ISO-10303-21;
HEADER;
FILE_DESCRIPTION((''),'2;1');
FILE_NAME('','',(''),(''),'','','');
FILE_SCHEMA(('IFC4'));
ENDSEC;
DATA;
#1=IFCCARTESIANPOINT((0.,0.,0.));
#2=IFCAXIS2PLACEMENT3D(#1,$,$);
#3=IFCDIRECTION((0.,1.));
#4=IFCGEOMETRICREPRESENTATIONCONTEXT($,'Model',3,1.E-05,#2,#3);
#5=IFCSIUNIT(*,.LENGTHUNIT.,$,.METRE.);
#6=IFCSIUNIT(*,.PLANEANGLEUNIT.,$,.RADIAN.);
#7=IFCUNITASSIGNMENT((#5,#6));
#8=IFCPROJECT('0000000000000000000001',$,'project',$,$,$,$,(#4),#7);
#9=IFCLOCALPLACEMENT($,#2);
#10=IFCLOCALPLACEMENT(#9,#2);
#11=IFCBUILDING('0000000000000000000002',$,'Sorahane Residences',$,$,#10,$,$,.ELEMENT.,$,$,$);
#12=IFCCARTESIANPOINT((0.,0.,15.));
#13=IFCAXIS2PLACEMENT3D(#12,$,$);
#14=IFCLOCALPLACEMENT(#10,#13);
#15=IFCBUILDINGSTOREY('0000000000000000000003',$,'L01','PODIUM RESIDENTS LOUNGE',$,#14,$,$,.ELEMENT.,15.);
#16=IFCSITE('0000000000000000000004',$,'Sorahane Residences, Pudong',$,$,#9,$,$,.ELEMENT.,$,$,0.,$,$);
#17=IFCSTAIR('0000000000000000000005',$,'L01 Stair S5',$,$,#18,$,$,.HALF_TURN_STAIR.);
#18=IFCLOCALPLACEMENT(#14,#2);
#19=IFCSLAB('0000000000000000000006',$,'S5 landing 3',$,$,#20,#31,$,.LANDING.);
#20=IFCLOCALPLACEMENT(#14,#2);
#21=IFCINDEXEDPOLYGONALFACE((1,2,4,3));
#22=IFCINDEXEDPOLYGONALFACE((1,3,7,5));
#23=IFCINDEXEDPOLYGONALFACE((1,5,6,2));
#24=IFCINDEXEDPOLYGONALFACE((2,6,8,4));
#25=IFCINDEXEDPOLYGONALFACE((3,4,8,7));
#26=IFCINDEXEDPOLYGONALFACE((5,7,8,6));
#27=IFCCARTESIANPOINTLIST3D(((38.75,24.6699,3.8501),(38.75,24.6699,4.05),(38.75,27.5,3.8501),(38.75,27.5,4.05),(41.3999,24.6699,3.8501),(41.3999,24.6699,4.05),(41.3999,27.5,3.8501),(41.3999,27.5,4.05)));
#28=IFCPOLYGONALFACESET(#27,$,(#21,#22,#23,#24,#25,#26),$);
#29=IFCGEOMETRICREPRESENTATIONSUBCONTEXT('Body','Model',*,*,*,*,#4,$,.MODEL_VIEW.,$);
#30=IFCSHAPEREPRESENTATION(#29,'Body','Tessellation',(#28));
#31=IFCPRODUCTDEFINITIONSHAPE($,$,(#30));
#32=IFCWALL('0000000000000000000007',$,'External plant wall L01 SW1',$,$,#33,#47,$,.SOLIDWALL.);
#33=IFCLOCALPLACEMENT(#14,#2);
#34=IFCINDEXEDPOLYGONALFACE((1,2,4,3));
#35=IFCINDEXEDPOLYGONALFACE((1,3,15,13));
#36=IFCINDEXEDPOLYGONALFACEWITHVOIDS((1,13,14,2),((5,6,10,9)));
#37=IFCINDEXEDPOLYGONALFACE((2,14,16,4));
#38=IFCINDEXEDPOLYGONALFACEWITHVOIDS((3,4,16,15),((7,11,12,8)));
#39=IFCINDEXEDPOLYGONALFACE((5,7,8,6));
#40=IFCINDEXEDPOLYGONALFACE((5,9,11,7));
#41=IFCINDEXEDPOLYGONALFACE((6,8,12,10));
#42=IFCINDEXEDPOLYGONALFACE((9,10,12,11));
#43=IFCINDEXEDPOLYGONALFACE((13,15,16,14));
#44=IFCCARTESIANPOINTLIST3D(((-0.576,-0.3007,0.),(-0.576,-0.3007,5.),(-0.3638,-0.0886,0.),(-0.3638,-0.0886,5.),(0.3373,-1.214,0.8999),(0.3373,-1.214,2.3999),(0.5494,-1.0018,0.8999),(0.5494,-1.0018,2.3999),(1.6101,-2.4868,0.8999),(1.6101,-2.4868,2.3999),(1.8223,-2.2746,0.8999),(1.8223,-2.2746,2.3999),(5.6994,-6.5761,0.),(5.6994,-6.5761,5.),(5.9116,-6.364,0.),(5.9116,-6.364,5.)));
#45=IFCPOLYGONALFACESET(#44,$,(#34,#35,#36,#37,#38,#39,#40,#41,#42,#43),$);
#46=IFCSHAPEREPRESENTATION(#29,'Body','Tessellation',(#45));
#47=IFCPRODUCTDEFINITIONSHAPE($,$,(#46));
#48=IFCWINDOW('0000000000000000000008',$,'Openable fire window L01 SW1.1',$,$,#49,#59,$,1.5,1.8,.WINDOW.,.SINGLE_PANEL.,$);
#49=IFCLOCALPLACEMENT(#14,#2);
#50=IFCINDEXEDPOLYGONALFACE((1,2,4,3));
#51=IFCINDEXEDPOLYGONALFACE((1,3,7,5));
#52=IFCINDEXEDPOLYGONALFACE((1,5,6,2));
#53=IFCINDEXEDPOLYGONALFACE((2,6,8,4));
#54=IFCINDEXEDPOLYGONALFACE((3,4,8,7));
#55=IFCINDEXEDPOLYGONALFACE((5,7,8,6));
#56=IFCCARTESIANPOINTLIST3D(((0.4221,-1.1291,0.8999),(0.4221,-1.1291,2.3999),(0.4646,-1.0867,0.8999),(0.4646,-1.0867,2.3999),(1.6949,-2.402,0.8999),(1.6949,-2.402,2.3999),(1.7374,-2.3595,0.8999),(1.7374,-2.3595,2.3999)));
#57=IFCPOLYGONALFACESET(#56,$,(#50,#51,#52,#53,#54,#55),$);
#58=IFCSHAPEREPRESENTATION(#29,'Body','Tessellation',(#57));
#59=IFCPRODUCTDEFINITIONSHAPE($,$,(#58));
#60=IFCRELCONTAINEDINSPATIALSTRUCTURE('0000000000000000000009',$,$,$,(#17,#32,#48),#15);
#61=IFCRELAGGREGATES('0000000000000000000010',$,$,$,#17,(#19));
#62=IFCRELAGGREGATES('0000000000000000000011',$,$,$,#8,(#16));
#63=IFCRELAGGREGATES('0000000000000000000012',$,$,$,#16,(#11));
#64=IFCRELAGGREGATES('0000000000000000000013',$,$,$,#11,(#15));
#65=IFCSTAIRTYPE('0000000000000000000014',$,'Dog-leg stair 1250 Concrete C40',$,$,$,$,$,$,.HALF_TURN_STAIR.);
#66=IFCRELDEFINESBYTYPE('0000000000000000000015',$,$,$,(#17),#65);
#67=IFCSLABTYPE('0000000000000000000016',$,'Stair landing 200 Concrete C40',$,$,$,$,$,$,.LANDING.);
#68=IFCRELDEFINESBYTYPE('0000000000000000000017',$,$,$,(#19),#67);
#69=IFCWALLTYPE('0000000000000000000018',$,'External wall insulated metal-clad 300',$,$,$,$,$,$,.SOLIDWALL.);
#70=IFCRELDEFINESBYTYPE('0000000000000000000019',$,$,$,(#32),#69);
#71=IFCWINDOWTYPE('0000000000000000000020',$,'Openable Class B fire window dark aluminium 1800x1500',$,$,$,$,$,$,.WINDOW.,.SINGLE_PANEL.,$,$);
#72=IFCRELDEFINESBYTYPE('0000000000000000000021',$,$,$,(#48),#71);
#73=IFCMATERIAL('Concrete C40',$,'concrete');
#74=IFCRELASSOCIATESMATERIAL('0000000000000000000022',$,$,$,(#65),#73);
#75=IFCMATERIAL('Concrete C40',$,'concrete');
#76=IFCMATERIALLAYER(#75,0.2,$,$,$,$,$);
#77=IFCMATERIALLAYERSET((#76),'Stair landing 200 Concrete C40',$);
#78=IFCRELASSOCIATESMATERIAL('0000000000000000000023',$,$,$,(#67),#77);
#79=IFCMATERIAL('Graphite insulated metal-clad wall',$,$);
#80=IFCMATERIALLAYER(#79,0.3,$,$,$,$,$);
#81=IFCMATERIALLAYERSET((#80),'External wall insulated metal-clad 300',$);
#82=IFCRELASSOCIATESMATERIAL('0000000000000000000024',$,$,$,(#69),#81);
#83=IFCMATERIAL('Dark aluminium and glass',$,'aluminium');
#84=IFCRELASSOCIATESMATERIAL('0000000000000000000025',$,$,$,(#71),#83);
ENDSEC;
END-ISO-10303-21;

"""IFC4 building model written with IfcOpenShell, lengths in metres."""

from ifc_helpers import new_model, si_unit, direction, frame, frame_2d, origin, place, context, subcontext, project, spatial, polyline, rectangle, outline, extrude, material, layer, layer_set, type_object, element, fill, aggregate, save


model = new_model("IFC4")

# Units and contexts
model_context = context("Model", 3, precision=1e-05, world=origin(), true_north=direction((0.0, 1.0)))
body_context = subcontext(model_context, "Body", "Model", "MODEL_VIEW")
ifc_project = project(units=[si_unit("LENGTHUNIT", "METRE"), si_unit("PLANEANGLEUNIT", "RADIAN")], contexts=[model_context])

# Site, building, storey
site_placement = place(None, origin())
site = spatial("IfcSite", under=ifc_project, at=site_placement, Name="Sorahane Residences, Pudong", CompositionType="ELEMENT", RefElevation=0.0)
building_placement = place(site_placement, origin())
building = spatial("IfcBuilding", under=site, at=building_placement, Name="Sorahane Residences", CompositionType="ELEMENT")
storey_placement = place(building_placement, frame((0.0, 0.0, 15.0)))
storey = spatial("IfcBuildingStorey", under=building, at=storey_placement, Name="L01", Description="PODIUM RESIDENTS LOUNGE", CompositionType="ELEMENT", Elevation=15.0)

# Shared definitions
ifc_material_1 = material(Name="Concrete C40", Category="concrete")
stair_type = type_object("IfcStairType", Name="Dog-leg stair 1250 Concrete C40", PredefinedType="HALF_TURN_STAIR", material=ifc_material_1)
ifc_material_2 = material(Name="Concrete C40", Category="concrete")
ifc_layer_1 = layer(ifc_material_2, 0.2)
ifc_layer_set_1 = layer_set([ifc_layer_1], Name="Stair landing 200 Concrete C40")
slab_type_1 = type_object("IfcSlabType", Name="Stair landing 200 Concrete C40", PredefinedType="LANDING", material=ifc_layer_set_1)

# Stair, slab
stair_1_placement = place(storey_placement, origin())
stair_1 = element("IfcStair", 1, at=stair_1_placement, inside=storey, type_object=stair_type, Name="L01 Stair S5", PredefinedType="HALF_TURN_STAIR")
slab_1_placement = place(storey_placement, frame((0.0, 0.0, 3.8501)))
slab_1 = element("IfcSlab", 2, at=slab_1_placement, type_object=slab_type_1, Name="S5 landing 3", PredefinedType="LANDING", context=body_context, shape_type="SweptSolid", body=[
    extrude(outline(polyline([(41.3999, 24.6699), (41.3999, 27.5), (38.75, 27.5), (38.75, 24.6699), (41.3999, 24.6699)])), origin(), (0.0, 0.0, 1.0), 0.2),
])
aggregate(stair_1, [slab_1])

# Wall, opening, window
ifc_material_3 = material(Name="Graphite insulated metal-clad wall")
ifc_layer_2 = layer(ifc_material_3, 0.3)
ifc_layer_set_2 = layer_set([ifc_layer_2], Name="External wall insulated metal-clad 300")
wall_type = type_object("IfcWallType", Name="External wall insulated metal-clad 300", PredefinedType="SOLIDWALL", material=ifc_layer_set_2)
wall_placement = place(storey_placement, frame((-0.47, -0.1946, 0.0), z_axis=(0.0, 0.0, 1.0), x_axis=(0.707107, -0.707107, 0.0)))
wall = element("IfcWall", 3, at=wall_placement, inside=storey, type_object=wall_type, Name="External plant wall L01 SW1", PredefinedType="SOLIDWALL", context=body_context, shape_type="SweptSolid", body=[
    extrude(rectangle(XDim=8.8748, YDim=0.3, at=frame_2d((4.4375, 0.0))), origin(), (0.0, 0.0, 1.0), 5.0),
])
opening_placement = place(wall_placement, frame((1.2917, 0.0, 0.8999)))
opening = element("IfcOpeningElement", 4, at=opening_placement, cuts=wall, PredefinedType="OPENING", context=body_context, shape_type="SweptSolid", body=[
    extrude(rectangle(XDim=1.8, YDim=1.5, at=frame_2d((0.8999, 0.75))), frame((0.0, 0.1599, 0.0), z_axis=(0.0, -1.0, 0.0), x_axis=(1.0, 0.0, 0.0)), (0.0, 0.0, 1.0), 0.3201),
])
ifc_material_4 = material(Name="Dark aluminium and glass", Category="aluminium")
window_type = type_object("IfcWindowType", Name="Openable Class B fire window dark aluminium 1800x1500", PartitioningType="SINGLE_PANEL", PredefinedType="WINDOW", material=ifc_material_4)
window_placement = place(opening_placement, origin())
window = element("IfcWindow", 5, at=window_placement, inside=storey, type_object=window_type, Name="Openable fire window L01 SW1.1", OverallHeight=1.5, OverallWidth=1.8, PartitioningType="SINGLE_PANEL", PredefinedType="WINDOW", context=body_context, shape_type="SweptSolid", body=[
    extrude(rectangle(XDim=1.8, YDim=1.5, at=frame_2d((0.8999, 0.75))), frame((0.0, 0.03, 0.0), z_axis=(0.0, -1.0, 0.0), x_axis=(1.0, 0.0, 0.0)), (0.0, 0.0, 1.0), 0.0601),
])
fill(opening, window)

save(model, "model.ifc")
